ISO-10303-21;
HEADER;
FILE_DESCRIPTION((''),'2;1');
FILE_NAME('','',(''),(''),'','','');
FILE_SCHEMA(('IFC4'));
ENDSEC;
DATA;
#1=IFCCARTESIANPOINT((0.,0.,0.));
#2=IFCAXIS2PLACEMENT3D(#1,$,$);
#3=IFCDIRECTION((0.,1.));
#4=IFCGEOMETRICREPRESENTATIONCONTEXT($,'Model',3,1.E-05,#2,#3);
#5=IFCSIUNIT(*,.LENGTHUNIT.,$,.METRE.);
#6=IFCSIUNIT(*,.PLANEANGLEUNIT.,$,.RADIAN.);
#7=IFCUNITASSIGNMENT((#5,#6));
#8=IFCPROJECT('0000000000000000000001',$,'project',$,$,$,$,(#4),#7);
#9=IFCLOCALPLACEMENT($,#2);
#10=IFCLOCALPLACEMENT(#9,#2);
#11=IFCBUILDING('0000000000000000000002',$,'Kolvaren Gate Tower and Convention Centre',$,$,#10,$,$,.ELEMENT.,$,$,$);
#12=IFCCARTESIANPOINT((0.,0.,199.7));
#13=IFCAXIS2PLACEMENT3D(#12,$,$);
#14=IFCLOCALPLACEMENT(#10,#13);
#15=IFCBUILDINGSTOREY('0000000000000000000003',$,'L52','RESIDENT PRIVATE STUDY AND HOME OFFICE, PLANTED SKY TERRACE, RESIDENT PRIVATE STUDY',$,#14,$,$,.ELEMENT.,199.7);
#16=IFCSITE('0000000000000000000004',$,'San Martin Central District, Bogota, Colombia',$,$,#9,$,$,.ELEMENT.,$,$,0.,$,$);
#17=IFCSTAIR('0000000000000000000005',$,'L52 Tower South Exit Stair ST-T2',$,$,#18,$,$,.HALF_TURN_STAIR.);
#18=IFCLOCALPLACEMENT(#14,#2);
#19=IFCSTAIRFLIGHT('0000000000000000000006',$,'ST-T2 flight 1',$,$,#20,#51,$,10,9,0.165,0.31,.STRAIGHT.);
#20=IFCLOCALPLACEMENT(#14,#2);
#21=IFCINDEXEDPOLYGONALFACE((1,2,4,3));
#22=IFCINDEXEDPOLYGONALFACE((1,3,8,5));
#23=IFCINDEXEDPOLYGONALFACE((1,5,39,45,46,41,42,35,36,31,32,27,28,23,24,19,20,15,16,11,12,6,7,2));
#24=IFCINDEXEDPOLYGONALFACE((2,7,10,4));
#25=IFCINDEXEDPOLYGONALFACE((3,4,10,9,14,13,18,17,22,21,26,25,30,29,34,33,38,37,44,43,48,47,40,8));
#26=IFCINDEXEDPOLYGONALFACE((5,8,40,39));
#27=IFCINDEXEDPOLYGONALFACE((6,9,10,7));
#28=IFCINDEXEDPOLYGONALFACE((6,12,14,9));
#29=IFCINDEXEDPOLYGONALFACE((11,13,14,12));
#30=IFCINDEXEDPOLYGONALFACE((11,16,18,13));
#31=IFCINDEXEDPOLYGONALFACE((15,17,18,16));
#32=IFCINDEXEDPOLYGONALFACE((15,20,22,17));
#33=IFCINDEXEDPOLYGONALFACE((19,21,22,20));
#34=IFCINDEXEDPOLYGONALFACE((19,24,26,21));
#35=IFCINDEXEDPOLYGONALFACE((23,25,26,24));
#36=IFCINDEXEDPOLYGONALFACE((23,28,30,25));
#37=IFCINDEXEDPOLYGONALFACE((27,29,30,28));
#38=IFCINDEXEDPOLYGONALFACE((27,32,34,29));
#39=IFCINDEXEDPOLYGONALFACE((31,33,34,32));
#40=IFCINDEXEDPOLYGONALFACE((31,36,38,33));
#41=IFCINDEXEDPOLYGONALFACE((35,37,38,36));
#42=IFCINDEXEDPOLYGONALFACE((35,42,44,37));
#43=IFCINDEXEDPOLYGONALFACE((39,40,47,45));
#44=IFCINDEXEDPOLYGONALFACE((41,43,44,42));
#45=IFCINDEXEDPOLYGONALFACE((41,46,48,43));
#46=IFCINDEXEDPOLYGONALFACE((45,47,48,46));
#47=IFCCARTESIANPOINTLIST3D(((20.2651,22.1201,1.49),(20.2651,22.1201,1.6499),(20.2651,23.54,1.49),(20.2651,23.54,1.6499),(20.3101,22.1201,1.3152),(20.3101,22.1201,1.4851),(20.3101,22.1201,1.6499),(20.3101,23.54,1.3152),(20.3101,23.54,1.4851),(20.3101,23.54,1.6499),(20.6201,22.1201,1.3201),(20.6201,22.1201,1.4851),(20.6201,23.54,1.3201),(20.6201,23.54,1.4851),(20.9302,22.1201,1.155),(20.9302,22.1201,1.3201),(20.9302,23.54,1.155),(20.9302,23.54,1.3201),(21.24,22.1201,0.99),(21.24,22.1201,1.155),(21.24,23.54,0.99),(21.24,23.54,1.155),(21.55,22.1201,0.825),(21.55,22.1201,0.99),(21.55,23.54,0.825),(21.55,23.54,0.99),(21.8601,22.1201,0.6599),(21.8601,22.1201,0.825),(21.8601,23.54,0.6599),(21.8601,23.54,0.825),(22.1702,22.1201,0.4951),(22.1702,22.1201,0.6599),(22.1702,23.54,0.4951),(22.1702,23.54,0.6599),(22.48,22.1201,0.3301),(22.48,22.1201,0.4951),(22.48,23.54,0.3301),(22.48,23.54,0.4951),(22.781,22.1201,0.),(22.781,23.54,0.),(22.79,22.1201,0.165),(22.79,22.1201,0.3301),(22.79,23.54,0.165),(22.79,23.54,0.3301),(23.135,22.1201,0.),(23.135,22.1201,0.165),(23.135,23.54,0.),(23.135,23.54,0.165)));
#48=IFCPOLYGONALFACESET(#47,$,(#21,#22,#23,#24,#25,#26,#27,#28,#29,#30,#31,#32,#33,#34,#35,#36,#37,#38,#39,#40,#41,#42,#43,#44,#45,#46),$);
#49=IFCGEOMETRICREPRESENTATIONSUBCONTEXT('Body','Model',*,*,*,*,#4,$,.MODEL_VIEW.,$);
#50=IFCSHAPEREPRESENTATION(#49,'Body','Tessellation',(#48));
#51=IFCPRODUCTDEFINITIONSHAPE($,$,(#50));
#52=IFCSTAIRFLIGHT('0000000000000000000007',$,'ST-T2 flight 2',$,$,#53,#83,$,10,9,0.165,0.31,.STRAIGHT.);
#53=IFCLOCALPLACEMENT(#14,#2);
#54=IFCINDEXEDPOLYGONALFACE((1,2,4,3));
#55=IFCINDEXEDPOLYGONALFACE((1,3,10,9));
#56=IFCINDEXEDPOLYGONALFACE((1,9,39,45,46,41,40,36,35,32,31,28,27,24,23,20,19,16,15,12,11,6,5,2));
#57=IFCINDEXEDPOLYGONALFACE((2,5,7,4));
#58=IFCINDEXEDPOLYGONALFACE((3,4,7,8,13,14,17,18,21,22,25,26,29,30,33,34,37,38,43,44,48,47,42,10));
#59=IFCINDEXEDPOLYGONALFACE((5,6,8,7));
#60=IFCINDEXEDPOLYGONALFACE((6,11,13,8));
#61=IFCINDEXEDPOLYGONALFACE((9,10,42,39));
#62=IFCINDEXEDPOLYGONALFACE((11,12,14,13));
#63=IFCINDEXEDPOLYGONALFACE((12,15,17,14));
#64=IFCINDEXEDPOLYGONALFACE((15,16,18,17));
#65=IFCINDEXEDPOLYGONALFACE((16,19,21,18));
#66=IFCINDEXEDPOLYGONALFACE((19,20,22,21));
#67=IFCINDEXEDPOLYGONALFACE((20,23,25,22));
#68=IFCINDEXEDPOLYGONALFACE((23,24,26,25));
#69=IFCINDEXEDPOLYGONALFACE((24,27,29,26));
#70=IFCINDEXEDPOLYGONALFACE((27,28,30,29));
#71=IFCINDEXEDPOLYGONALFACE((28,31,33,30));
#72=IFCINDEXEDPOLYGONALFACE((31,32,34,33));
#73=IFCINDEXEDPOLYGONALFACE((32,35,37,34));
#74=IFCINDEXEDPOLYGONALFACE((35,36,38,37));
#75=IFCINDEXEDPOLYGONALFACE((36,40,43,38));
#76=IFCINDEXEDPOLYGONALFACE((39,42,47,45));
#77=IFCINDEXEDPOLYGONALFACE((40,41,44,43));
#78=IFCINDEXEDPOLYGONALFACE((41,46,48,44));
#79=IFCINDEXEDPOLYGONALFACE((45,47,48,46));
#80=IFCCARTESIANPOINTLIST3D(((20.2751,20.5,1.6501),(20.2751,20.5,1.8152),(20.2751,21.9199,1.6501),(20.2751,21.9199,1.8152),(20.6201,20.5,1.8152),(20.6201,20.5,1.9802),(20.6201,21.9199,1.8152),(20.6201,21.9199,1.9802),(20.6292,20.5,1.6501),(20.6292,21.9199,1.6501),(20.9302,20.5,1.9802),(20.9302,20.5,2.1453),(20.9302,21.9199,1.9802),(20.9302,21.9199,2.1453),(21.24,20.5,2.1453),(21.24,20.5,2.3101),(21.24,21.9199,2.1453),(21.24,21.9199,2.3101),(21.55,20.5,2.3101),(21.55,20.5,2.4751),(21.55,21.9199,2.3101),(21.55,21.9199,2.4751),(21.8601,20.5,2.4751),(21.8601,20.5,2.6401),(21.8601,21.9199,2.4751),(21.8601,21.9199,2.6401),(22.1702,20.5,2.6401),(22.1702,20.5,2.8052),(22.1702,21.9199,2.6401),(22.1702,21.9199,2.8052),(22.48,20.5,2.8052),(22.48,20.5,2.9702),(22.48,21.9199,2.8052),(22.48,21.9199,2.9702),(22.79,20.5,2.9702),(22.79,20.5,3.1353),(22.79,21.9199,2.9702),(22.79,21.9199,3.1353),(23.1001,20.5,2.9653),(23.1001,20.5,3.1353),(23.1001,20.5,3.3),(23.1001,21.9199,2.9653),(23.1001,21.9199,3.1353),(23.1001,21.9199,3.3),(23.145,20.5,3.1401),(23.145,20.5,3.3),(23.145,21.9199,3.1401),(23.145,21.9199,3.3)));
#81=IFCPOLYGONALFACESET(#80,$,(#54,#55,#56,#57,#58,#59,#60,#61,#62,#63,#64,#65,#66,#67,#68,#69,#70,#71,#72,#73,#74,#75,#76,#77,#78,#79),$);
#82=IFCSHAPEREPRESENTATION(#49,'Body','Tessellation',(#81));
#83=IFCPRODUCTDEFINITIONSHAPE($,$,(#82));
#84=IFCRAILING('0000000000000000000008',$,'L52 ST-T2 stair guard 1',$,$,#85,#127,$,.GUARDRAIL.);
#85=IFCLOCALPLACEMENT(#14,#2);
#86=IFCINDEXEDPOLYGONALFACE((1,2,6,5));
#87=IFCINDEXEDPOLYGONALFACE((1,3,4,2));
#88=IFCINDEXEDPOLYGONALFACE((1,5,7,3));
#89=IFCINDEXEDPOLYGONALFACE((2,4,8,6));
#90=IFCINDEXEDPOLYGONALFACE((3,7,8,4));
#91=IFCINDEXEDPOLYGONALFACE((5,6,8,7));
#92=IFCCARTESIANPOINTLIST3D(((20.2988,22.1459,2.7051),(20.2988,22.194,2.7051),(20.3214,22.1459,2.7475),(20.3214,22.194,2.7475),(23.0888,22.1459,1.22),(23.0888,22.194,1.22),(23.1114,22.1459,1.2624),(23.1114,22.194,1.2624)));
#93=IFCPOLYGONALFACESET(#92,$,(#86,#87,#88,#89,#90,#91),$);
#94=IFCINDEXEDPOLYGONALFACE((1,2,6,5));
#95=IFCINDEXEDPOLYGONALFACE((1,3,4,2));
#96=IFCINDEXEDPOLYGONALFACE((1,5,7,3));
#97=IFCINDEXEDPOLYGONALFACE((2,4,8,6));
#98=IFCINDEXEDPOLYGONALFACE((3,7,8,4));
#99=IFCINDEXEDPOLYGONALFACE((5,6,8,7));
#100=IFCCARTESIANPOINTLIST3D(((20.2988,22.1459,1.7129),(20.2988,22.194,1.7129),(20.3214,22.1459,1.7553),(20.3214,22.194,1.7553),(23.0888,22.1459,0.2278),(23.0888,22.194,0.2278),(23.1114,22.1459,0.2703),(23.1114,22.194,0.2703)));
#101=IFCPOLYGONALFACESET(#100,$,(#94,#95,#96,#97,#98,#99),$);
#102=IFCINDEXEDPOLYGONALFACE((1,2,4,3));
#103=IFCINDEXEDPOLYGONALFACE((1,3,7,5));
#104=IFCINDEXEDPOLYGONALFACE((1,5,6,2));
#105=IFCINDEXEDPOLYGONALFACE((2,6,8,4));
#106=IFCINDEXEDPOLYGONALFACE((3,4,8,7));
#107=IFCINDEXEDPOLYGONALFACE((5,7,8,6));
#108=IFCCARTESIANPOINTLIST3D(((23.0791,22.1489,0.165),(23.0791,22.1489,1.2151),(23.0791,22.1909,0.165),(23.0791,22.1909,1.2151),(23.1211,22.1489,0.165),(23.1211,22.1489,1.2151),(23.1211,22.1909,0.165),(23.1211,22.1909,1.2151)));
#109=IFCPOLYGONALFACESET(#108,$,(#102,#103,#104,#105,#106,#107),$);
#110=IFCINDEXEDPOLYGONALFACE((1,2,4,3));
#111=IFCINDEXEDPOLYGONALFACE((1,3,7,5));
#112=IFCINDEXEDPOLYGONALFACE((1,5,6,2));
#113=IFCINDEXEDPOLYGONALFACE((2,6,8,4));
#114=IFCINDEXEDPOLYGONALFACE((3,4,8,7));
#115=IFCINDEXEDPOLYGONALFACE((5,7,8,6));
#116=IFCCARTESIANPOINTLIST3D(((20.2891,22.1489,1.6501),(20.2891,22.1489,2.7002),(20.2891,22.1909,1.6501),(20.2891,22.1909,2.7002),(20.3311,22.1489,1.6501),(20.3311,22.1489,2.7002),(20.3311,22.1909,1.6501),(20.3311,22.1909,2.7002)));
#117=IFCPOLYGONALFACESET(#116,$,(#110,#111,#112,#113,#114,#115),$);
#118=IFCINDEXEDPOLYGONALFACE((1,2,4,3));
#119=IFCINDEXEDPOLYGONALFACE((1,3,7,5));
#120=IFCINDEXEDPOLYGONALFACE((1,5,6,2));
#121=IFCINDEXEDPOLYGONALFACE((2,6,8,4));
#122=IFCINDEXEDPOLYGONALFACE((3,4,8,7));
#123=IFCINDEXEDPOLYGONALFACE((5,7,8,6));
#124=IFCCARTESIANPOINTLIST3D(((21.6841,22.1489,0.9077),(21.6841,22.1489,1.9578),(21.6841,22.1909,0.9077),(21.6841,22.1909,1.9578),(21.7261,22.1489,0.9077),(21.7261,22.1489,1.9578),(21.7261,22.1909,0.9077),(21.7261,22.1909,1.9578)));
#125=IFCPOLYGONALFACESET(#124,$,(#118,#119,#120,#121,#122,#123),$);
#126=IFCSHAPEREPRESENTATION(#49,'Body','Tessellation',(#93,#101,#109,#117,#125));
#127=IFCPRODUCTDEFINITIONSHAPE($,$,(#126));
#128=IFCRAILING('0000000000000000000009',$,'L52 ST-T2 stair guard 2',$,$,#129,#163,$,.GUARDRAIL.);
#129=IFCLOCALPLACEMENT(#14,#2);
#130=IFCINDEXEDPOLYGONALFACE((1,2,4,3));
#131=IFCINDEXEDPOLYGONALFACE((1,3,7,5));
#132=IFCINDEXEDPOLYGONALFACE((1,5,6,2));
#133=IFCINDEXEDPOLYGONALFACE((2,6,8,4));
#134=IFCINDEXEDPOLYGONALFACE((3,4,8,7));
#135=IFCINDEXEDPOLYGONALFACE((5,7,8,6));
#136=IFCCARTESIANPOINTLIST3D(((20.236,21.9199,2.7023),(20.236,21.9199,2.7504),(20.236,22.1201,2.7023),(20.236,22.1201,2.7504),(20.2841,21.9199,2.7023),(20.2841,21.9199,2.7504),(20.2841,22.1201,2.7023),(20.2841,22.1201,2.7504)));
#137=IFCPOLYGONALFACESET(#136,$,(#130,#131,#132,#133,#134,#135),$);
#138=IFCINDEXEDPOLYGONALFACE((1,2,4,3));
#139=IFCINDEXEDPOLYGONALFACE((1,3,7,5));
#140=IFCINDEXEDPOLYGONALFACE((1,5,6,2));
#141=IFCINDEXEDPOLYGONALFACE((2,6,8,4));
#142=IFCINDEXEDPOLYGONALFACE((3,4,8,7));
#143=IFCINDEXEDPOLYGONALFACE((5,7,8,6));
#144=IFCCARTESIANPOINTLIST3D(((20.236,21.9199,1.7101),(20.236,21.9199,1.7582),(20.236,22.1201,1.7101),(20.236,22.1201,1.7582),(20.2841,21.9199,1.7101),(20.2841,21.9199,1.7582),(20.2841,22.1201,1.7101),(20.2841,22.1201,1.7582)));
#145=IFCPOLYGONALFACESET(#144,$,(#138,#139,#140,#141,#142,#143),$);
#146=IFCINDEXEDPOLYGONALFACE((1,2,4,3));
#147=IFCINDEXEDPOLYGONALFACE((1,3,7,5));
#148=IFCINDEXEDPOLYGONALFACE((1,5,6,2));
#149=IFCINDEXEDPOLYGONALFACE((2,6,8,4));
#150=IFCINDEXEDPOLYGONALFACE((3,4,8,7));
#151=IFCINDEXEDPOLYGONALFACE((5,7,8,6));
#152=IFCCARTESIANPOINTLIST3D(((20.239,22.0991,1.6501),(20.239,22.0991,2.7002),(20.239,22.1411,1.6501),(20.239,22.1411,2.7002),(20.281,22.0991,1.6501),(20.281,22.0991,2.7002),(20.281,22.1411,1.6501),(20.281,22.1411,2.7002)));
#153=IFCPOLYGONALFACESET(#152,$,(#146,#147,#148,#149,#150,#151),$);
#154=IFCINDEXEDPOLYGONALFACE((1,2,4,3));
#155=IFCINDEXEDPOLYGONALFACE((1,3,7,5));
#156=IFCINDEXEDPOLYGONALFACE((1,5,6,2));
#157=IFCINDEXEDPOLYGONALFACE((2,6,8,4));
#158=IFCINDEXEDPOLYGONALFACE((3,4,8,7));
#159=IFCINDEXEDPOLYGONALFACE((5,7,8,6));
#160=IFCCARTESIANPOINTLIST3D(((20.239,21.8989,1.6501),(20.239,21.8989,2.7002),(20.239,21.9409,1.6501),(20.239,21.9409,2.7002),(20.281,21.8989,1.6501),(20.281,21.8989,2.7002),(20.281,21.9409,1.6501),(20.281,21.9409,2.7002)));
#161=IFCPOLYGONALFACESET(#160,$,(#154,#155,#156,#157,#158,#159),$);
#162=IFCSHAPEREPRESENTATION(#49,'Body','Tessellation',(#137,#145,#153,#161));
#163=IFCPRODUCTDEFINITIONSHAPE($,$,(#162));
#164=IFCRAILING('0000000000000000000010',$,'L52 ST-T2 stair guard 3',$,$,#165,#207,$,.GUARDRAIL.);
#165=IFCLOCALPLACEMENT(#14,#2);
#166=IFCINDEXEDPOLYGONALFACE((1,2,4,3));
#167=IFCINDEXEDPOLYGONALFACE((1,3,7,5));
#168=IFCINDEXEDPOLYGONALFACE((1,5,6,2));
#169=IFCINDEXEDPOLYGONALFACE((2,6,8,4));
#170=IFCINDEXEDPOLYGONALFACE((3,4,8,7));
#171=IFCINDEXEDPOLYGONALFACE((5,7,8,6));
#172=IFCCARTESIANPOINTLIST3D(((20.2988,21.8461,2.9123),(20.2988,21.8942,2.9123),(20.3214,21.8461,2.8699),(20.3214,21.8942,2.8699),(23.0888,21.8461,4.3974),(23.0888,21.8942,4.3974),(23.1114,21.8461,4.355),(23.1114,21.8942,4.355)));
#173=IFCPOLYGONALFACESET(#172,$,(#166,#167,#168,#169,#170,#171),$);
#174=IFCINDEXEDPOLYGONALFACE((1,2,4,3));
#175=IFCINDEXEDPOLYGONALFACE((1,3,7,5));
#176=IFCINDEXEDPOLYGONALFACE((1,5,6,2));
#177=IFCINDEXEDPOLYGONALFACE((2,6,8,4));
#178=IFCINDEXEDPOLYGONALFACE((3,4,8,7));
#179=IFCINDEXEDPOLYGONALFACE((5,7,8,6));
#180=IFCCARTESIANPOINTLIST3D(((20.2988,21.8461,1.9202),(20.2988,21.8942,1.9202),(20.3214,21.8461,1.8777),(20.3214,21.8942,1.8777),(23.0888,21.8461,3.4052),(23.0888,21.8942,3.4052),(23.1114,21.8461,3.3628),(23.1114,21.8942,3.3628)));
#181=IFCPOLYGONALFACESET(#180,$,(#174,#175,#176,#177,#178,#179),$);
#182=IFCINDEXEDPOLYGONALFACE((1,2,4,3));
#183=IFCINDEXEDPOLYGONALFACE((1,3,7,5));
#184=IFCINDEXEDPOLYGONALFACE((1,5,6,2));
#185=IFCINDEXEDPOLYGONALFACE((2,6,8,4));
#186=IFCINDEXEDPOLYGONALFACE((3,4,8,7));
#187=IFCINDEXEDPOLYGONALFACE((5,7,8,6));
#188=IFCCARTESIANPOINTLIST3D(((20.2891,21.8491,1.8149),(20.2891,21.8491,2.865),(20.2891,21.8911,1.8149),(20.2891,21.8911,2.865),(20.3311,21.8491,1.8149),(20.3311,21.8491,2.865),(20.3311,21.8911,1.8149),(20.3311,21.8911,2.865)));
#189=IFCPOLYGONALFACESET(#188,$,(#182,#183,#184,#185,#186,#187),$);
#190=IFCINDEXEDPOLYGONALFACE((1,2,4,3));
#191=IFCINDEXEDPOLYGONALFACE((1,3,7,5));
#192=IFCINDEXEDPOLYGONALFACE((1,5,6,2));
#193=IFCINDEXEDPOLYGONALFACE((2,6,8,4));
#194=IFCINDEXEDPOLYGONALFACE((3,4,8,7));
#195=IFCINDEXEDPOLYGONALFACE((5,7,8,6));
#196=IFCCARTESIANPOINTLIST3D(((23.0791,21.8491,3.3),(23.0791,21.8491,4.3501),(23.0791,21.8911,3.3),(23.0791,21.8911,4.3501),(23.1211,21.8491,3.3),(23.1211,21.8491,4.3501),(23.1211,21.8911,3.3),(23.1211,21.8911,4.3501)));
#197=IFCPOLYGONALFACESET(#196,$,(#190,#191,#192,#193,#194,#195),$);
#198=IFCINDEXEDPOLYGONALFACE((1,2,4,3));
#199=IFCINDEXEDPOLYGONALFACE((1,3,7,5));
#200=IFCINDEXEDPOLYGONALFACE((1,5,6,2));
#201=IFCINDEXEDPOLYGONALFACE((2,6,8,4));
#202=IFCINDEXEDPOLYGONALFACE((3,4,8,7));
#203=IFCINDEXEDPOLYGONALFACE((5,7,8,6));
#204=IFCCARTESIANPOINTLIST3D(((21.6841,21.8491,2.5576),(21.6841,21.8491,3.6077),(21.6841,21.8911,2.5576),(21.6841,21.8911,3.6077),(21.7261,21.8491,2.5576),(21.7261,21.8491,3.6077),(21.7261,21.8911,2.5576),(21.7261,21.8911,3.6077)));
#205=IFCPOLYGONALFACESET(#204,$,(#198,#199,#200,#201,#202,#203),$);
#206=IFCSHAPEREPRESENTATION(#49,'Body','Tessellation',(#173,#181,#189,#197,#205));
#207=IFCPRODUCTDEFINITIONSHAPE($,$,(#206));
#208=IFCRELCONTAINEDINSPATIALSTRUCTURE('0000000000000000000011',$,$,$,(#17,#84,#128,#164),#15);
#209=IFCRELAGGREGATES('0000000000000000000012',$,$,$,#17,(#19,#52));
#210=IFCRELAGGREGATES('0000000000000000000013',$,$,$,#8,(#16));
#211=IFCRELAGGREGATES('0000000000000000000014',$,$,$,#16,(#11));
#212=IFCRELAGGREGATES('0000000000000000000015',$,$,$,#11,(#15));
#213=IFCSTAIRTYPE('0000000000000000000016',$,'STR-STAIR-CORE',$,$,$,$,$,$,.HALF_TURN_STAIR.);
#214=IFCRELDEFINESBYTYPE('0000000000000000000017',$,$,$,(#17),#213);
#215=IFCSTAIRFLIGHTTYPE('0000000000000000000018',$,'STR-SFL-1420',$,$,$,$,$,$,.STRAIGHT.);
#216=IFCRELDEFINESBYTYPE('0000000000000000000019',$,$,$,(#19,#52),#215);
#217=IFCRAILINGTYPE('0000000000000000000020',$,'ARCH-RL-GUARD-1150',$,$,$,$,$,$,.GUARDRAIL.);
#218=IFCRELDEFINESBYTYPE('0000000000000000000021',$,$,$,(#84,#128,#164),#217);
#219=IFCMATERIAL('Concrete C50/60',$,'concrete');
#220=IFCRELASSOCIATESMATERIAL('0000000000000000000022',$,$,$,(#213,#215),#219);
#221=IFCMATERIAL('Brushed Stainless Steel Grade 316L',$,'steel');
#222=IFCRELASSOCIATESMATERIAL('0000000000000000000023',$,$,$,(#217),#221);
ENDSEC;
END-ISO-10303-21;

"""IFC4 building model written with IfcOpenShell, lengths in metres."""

from ifc_helpers import new_model, si_unit, direction, frame, origin, origin_2d, place, context, subcontext, project, spatial, polyline, rectangle, outline, extrude, material, type_object, element, aggregate, save


model = new_model("IFC4")

# Units and contexts
model_context = context("Model", 3, precision=1e-05, world=origin(), true_north=direction((0.0, 1.0)))
body_context = subcontext(model_context, "Body", "Model", "MODEL_VIEW")
ifc_project = project(units=[si_unit("LENGTHUNIT", "METRE"), si_unit("PLANEANGLEUNIT", "RADIAN")], contexts=[model_context])

# Site, building, storey
site_placement = place(None, origin())
site = spatial("IfcSite", under=ifc_project, at=site_placement, Name="San Martin Central District, Bogota, Colombia", CompositionType="ELEMENT", RefElevation=0.0)
building_placement = place(site_placement, origin())
building = spatial("IfcBuilding", under=site, at=building_placement, Name="Kolvaren Gate Tower and Convention Centre", CompositionType="ELEMENT")
storey_placement = place(building_placement, frame((0.0, 0.0, 199.7)))
storey = spatial("IfcBuildingStorey", under=building, at=storey_placement, Name="L52", Description="RESIDENT PRIVATE STUDY AND HOME OFFICE, PLANTED SKY TERRACE, RESIDENT PRIVATE STUDY", CompositionType="ELEMENT", Elevation=199.7)

# Shared definitions
ifc_material_1 = material(Name="Brushed Stainless Steel Grade 316L", Category="steel")

# Shared definitions
ifc_material_2 = material(Name="Concrete C50/60", Category="concrete")

# Stair, stair flights
stair_type = type_object("IfcStairType", Name="STR-STAIR-CORE", PredefinedType="HALF_TURN_STAIR", material=ifc_material_2)
stair_placement = place(storey_placement, origin())
stair = element("IfcStair", 1, at=stair_placement, inside=storey, type_object=stair_type, Name="L52 Tower South Exit Stair ST-T2", PredefinedType="HALF_TURN_STAIR")
stair_flight_type = type_object("IfcStairFlightType", Name="STR-SFL-1420", PredefinedType="STRAIGHT", material=ifc_material_2)
stair_flight_1_placement = place(storey_placement, frame((23.1001, 22.8301, 0.0), z_axis=(0.0, 0.0, 1.0), x_axis=(-1.0, 0.0, 0.0)))
stair_flight_1 = element("IfcStairFlight", 2, at=stair_flight_1_placement, type_object=stair_flight_type, Name="ST-T2 flight 1", NumberOfRisers=10, NumberOfTreads=9, PredefinedType="STRAIGHT", RiserHeight=0.165, TreadLength=0.31, context=body_context, shape_type="SweptSolid", body=[
    extrude(outline(polyline([(-0.0349, 0.0), (-0.0349, 0.165), (0.3101, 0.165), (0.3101, 0.3301), (0.6201, 0.3301), (0.6201, 0.4951), (0.9299, 0.4951), (0.9299, 0.6599), (1.24, 0.6599), (1.24, 0.825), (1.55, 0.825), (1.55, 0.99), (1.8601, 0.99), (1.8601, 1.155), (2.1699, 1.155), (2.1699, 1.3201), (2.48, 1.3201), (2.48, 1.4851), (2.79, 1.4851), (2.79, 1.6499), (2.835, 1.6499), (2.835, 1.49), (2.79, 1.3152), (0.3191, 0.0), (-0.0349, 0.0)])), frame((0.0, 0.71, 0.0), z_axis=(0.0, -1.0, 0.0), x_axis=(1.0, 0.0, 0.0)), (0.0, 0.0, 1.0), 1.4199),
])
stair_flight_2_placement = place(storey_placement, frame((20.3101, 21.21, 1.6501), z_axis=(0.0, 0.0, 1.0), x_axis=(1.0, 0.0, 0.0)))
stair_flight_2 = element("IfcStairFlight", 3, at=stair_flight_2_placement, type_object=stair_flight_type, Name="ST-T2 flight 2", NumberOfRisers=10, NumberOfTreads=9, PredefinedType="STRAIGHT", RiserHeight=0.165, TreadLength=0.31, context=body_context, shape_type="SweptSolid", body=[
    extrude(outline(polyline([(-0.0349, 0.0), (-0.0349, 0.165), (0.3101, 0.165), (0.3101, 0.3301), (0.6201, 0.3301), (0.6201, 0.4951), (0.9299, 0.4951), (0.9299, 0.6599), (1.24, 0.6599), (1.24, 0.825), (1.55, 0.825), (1.55, 0.99), (1.8601, 0.99), (1.8601, 1.155), (2.1699, 1.155), (2.1699, 1.3201), (2.48, 1.3201), (2.48, 1.4851), (2.79, 1.4851), (2.79, 1.6499), (2.835, 1.6499), (2.835, 1.49), (2.79, 1.3152), (0.3191, 0.0), (-0.0349, 0.0)])), frame((0.0, 0.71, 0.0), z_axis=(0.0, -1.0, 0.0), x_axis=(1.0, 0.0, 0.0)), (0.0, 0.0, 1.0), 1.4199),
])
aggregate(stair, [stair_flight_1, stair_flight_2])

# Railings
railing_type_1 = type_object("IfcRailingType", Name="ARCH-RL-GUARD-1150", PredefinedType="GUARDRAIL", material=ifc_material_1)
railing_1_placement = place(storey_placement, frame((23.1001, 22.1699, 0.165)))
element("IfcRailing", 4, at=railing_1_placement, inside=storey, type_object=railing_type_1, Name="L52 ST-T2 stair guard 1", PredefinedType="GUARDRAIL", context=body_context, shape_type="SweptSolid", body=[
    extrude(rectangle(XDim=0.0481, YDim=0.0481, at=origin_2d()), frame((0.0, 0.0, 1.0762), z_axis=(-0.882735, 0.0, 0.46987), x_axis=(0.0, -1.0, 0.0)), (0.0, 0.0, 1.0), 3.1606),
    extrude(rectangle(XDim=0.0481, YDim=0.0481, at=origin_2d()), frame((0.0, 0.0, 0.084), z_axis=(-0.882735, 0.0, 0.46987), x_axis=(0.0, -1.0, 0.0)), (0.0, 0.0, 1.0), 3.1606),
    extrude(rectangle(XDim=0.042, YDim=0.042, at=origin_2d()), origin(), (0.0, 0.0, 1.0), 1.05),
    extrude(rectangle(XDim=0.042, YDim=0.042, at=origin_2d()), frame((-2.79, 0.0, 1.4851)), (0.0, 0.0, 1.0), 1.05),
    extrude(rectangle(XDim=0.042, YDim=0.042, at=origin_2d()), frame((-1.395, 0.0, 0.7427)), (0.0, 0.0, 1.0), 1.05),
])
railing_2_placement = place(storey_placement, frame((20.26, 22.1201, 1.6501)))
element("IfcRailing", 5, at=railing_2_placement, inside=storey, type_object=railing_type_1, Name="L52 ST-T2 stair guard 2", PredefinedType="GUARDRAIL", context=body_context, shape_type="SweptSolid", body=[
    extrude(rectangle(XDim=0.0481, YDim=0.0481, at=origin_2d()), frame((0.0, 0.0, 1.0762), z_axis=(0.0, -1.0, 0.0), x_axis=(1.0, 0.0, 0.0)), (0.0, 0.0, 1.0), 0.2002),
    extrude(rectangle(XDim=0.0481, YDim=0.0481, at=origin_2d()), frame((0.0, 0.0, 0.084), z_axis=(0.0, -1.0, 0.0), x_axis=(1.0, 0.0, 0.0)), (0.0, 0.0, 1.0), 0.2002),
    extrude(rectangle(XDim=0.042, YDim=0.042, at=origin_2d()), origin(), (0.0, 0.0, 1.0), 1.05),
    extrude(rectangle(XDim=0.042, YDim=0.042, at=origin_2d()), frame((0.0, -0.2002, 0.0)), (0.0, 0.0, 1.0), 1.05),
])
railing_3_placement = place(storey_placement, frame((20.3101, 21.8701, 1.8149)))
element("IfcRailing", 6, at=railing_3_placement, inside=storey, type_object=railing_type_1, Name="L52 ST-T2 stair guard 3", PredefinedType="GUARDRAIL", context=body_context, shape_type="SweptSolid", body=[
    extrude(rectangle(XDim=0.0481, YDim=0.0481, at=origin_2d()), frame((0.0, 0.0, 1.0762), z_axis=(0.882735, 0.0, 0.46987), x_axis=(0.0, 1.0, 0.0)), (0.0, 0.0, 1.0), 3.1606),
    extrude(rectangle(XDim=0.0481, YDim=0.0481, at=origin_2d()), frame((0.0, 0.0, 0.084), z_axis=(0.882735, 0.0, 0.46987), x_axis=(0.0, 1.0, 0.0)), (0.0, 0.0, 1.0), 3.1606),
    extrude(rectangle(XDim=0.042, YDim=0.042, at=origin_2d()), origin(), (0.0, 0.0, 1.0), 1.05),
    extrude(rectangle(XDim=0.042, YDim=0.042, at=origin_2d()), frame((2.79, 0.0, 1.4851)), (0.0, 0.0, 1.0), 1.05),
    extrude(rectangle(XDim=0.042, YDim=0.042, at=origin_2d()), frame((1.395, 0.0, 0.7427)), (0.0, 0.0, 1.0), 1.05),
])

save(model, "model.ifc")
